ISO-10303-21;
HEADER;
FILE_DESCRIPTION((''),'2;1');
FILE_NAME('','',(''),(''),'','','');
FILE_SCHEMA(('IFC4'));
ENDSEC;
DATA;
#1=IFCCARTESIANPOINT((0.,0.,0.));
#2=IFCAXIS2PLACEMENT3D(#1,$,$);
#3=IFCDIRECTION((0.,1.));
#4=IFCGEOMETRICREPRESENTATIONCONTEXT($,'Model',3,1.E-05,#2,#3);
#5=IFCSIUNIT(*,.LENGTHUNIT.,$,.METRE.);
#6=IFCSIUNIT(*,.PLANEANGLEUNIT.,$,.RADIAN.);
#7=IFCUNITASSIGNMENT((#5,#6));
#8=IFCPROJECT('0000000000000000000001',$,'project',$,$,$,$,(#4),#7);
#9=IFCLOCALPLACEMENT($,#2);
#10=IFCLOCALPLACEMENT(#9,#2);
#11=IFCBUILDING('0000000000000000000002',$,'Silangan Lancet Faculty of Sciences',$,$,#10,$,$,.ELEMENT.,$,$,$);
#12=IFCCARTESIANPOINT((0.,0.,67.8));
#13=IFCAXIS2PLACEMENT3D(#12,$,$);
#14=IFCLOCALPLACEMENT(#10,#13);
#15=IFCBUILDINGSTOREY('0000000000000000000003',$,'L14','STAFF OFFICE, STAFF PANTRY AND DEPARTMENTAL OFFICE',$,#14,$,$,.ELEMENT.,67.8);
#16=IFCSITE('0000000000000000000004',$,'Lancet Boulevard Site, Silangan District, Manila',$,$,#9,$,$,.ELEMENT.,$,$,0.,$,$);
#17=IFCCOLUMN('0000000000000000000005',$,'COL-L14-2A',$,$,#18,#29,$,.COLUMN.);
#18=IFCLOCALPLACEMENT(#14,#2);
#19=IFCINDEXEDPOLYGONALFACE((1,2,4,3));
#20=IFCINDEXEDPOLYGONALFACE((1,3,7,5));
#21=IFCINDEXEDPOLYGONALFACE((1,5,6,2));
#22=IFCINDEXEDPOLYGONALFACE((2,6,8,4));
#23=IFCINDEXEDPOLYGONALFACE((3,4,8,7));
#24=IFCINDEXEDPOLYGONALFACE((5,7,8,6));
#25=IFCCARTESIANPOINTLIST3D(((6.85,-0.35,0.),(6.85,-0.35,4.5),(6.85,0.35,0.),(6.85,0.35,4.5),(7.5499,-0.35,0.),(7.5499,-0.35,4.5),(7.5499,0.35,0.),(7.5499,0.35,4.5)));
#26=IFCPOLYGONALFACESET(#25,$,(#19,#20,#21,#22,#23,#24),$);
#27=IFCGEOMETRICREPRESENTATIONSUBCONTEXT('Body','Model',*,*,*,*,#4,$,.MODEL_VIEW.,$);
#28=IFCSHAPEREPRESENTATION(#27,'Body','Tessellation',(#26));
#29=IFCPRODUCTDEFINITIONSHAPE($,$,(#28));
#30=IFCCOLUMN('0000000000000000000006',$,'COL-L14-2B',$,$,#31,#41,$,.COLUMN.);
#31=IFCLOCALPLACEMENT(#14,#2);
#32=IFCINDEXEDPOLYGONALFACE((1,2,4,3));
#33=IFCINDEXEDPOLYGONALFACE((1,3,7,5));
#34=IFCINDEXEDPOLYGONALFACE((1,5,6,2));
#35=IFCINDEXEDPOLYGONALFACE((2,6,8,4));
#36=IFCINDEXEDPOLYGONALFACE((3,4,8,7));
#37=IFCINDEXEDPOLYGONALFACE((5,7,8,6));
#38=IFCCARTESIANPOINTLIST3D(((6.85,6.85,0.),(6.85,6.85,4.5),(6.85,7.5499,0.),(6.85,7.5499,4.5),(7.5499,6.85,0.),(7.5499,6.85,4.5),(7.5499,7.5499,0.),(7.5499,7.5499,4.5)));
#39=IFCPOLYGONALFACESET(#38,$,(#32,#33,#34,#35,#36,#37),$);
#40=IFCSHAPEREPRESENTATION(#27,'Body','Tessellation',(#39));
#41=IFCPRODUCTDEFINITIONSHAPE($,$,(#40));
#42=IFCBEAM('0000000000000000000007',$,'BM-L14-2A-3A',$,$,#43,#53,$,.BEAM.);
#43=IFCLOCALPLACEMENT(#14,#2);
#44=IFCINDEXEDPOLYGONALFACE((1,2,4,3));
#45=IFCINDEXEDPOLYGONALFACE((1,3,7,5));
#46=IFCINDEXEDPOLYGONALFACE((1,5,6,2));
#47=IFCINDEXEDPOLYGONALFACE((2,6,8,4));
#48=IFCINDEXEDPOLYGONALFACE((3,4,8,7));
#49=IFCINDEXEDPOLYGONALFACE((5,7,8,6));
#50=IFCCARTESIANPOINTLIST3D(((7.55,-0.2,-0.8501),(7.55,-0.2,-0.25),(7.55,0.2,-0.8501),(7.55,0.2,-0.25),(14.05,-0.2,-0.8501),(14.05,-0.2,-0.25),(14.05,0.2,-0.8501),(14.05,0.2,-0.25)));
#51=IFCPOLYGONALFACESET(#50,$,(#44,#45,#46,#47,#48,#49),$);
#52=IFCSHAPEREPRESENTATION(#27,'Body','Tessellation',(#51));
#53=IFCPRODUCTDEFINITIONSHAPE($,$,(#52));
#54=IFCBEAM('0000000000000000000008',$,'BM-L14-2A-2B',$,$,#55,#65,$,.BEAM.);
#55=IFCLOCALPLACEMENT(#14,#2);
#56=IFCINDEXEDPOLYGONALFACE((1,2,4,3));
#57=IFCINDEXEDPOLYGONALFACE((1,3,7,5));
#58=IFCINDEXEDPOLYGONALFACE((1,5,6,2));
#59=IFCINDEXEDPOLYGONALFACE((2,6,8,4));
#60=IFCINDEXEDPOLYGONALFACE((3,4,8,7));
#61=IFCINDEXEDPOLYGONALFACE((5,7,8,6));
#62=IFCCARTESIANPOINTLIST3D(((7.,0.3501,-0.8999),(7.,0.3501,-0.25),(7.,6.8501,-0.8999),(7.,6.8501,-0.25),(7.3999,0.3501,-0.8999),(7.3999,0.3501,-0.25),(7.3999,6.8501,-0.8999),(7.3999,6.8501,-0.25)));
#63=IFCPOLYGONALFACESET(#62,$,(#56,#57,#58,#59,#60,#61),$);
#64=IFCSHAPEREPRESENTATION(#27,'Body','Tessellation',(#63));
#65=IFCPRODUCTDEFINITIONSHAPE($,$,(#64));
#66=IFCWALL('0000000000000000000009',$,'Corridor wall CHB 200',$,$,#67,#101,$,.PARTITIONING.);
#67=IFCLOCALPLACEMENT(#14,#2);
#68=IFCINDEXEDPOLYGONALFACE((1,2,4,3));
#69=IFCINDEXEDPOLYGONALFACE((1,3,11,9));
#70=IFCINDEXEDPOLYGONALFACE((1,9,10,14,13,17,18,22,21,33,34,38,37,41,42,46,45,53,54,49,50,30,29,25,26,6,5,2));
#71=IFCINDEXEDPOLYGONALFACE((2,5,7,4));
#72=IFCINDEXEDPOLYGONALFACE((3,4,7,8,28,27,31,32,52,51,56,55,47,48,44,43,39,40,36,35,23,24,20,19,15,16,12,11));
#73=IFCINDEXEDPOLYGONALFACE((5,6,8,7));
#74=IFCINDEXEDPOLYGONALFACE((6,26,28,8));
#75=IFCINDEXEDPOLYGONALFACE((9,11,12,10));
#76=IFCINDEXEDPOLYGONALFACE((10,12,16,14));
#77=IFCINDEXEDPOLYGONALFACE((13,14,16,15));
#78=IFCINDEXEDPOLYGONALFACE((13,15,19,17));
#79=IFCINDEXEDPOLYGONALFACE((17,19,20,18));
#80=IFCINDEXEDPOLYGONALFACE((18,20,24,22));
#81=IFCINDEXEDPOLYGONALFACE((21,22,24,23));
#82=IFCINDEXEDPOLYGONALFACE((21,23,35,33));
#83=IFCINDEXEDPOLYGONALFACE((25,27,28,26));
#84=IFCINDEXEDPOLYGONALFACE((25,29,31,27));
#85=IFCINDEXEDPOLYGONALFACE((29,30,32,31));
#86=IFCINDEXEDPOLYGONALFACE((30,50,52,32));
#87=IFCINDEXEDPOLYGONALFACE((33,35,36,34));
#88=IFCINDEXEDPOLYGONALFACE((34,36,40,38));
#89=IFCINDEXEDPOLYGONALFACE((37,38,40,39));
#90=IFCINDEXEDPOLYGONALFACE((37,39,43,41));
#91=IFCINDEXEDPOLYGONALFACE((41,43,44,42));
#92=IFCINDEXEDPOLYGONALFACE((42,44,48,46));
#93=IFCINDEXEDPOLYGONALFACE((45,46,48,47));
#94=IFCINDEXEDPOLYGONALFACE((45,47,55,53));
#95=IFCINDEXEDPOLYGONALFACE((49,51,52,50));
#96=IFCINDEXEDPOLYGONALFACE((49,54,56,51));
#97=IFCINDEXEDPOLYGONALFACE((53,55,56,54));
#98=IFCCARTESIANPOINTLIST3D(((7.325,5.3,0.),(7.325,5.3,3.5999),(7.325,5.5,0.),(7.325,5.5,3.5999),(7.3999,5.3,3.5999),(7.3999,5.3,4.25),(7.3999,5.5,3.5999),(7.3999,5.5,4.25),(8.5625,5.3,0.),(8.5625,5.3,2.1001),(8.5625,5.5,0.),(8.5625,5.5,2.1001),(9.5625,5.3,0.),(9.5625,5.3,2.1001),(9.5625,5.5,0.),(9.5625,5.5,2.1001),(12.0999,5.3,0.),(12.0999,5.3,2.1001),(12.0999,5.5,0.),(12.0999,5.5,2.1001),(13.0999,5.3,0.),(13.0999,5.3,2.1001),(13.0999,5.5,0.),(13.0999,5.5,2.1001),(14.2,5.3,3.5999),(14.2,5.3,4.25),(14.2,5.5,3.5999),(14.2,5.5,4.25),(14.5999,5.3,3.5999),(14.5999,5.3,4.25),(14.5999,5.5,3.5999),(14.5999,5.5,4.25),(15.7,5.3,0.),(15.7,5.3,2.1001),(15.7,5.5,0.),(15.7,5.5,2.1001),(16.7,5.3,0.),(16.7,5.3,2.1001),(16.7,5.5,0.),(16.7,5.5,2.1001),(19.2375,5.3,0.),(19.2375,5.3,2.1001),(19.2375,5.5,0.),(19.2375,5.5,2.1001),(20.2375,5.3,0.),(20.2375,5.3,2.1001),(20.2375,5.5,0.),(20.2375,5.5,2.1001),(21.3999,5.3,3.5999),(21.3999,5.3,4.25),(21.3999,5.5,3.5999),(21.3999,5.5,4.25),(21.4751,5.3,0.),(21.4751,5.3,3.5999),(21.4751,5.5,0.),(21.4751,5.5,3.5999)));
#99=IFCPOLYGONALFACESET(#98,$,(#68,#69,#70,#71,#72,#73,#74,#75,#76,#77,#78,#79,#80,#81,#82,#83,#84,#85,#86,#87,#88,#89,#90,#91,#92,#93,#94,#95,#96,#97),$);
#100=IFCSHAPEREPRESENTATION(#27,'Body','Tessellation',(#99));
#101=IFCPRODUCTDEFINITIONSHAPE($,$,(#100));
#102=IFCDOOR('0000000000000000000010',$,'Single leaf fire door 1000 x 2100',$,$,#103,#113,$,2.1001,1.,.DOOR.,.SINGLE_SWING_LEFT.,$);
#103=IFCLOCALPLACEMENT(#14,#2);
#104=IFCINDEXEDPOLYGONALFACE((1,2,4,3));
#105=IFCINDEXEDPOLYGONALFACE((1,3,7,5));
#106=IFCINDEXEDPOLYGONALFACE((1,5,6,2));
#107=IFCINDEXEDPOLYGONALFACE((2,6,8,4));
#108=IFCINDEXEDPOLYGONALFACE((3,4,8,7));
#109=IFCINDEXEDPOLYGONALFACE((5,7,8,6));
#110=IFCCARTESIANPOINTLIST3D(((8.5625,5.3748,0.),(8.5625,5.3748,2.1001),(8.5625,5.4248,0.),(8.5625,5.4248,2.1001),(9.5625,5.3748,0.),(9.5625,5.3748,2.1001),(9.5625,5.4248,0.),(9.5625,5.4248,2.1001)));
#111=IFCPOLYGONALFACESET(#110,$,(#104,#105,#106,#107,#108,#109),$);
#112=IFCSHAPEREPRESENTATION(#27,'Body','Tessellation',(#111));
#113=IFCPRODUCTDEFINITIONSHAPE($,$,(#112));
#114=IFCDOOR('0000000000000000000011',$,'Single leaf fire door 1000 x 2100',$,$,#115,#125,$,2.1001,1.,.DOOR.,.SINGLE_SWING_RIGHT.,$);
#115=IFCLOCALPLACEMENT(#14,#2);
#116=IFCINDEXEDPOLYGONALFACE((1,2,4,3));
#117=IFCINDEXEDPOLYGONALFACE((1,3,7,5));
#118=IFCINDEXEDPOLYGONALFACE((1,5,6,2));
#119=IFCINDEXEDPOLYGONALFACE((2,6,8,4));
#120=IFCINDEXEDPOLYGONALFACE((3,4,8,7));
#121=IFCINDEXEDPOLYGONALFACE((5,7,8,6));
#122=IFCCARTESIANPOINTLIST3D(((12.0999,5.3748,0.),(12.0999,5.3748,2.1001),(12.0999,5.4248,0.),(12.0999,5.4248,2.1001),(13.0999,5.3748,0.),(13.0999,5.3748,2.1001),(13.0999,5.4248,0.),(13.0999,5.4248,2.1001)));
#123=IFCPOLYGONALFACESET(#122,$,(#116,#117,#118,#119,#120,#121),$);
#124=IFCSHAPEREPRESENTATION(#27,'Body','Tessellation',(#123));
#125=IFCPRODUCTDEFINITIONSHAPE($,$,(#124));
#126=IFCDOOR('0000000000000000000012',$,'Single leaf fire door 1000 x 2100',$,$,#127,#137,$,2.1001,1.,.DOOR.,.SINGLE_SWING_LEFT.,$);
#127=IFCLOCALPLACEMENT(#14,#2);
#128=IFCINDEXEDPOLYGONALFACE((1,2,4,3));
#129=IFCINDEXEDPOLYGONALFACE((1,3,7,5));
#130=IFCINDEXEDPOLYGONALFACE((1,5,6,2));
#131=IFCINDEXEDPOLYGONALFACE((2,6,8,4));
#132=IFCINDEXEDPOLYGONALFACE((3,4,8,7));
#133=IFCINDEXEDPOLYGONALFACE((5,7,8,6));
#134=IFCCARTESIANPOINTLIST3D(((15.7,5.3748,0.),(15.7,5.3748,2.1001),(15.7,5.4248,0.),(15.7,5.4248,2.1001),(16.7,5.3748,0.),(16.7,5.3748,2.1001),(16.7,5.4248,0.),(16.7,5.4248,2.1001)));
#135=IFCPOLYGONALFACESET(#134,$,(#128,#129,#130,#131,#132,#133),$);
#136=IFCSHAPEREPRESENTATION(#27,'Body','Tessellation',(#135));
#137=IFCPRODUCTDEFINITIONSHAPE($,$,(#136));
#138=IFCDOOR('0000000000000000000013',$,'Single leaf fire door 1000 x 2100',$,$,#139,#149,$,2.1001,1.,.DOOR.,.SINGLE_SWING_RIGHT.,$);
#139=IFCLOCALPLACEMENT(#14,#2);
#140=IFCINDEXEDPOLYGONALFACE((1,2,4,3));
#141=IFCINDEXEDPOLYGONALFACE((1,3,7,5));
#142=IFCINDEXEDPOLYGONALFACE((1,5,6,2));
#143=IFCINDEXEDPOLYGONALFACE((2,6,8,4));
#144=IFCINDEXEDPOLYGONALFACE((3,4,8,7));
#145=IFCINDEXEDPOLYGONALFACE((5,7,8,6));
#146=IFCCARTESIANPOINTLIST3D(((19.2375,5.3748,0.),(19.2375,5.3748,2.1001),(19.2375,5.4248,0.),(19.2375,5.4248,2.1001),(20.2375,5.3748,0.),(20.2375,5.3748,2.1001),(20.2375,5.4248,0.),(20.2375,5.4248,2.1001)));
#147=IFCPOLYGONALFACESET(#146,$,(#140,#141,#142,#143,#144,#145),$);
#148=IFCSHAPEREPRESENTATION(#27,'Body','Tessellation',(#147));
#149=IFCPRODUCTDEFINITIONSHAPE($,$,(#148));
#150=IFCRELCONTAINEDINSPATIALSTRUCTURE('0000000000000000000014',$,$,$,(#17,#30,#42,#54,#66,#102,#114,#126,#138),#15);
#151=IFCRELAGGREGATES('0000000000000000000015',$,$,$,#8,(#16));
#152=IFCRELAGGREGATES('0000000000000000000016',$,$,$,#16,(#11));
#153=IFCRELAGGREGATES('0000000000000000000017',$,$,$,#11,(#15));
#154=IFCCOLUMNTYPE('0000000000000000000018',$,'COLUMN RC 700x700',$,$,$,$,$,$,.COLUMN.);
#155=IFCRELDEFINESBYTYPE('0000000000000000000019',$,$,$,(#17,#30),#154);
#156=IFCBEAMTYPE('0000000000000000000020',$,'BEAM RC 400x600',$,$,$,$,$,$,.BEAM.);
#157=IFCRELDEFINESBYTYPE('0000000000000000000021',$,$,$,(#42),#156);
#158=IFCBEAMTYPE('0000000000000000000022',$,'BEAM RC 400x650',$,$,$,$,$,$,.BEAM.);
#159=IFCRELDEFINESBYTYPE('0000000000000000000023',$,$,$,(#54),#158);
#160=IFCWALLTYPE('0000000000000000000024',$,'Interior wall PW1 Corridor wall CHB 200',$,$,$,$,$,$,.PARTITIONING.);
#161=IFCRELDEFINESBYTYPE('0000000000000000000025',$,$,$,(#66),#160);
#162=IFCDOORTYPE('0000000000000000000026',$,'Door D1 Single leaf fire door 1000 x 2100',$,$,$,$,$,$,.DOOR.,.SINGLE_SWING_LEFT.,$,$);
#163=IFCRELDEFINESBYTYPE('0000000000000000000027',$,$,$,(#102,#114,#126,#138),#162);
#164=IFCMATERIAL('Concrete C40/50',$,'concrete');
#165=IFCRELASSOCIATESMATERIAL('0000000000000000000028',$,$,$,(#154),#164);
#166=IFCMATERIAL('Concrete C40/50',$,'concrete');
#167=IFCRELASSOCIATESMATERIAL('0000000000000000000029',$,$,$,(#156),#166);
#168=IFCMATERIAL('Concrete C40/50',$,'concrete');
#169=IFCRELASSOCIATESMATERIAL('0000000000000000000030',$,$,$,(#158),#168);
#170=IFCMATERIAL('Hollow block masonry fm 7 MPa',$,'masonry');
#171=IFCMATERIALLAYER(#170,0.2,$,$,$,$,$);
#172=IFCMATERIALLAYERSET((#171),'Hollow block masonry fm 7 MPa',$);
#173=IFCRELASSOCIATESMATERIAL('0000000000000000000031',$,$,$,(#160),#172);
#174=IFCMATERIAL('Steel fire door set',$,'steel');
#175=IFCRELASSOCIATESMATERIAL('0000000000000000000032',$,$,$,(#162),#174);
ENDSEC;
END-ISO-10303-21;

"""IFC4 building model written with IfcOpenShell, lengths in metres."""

from ifc_helpers import new_model, si_unit, direction, frame, frame_2d, origin, origin_2d, place, context, subcontext, project, spatial, polyline, rectangle, outline, extrude, material, layer, layer_set, material_profile, profile_set, type_object, element, fill, save


model = new_model("IFC4")

# Units and contexts
model_context = context("Model", 3, precision=1e-05, world=origin(), true_north=direction((0.0, 1.0)))
body_context = subcontext(model_context, "Body", "Model", "MODEL_VIEW")
ifc_project = project(units=[si_unit("LENGTHUNIT", "METRE"), si_unit("PLANEANGLEUNIT", "RADIAN")], contexts=[model_context])

# Site, building, storey
site_placement = place(None, origin())
site = spatial("IfcSite", under=ifc_project, at=site_placement, Name="Lancet Boulevard Site, Silangan District, Manila", CompositionType="ELEMENT", RefElevation=0.0)
building_placement = place(site_placement, origin())
building = spatial("IfcBuilding", under=site, at=building_placement, Name="Silangan Lancet Faculty of Sciences", CompositionType="ELEMENT")
storey_placement = place(building_placement, frame((0.0, 0.0, 67.8)))
storey = spatial("IfcBuildingStorey", under=building, at=storey_placement, Name="L14", Description="STAFF OFFICE, STAFF PANTRY AND DEPARTMENTAL OFFICE", CompositionType="ELEMENT", Elevation=67.8)

# Columns
ifc_material_1 = material(Name="Concrete C40/50", Category="concrete")
ifc_material_profile_1 = material_profile(ifc_material_1, rectangle(XDim=0.7, YDim=0.7, at=origin_2d()), Name="RC 700x700")
ifc_profile_set_1 = profile_set([ifc_material_profile_1], Name="Concrete C40/50")
column_type = type_object("IfcColumnType", Name="COLUMN RC 700x700", PredefinedType="COLUMN", material=ifc_profile_set_1)
for number, where, z_axis, x_axis, name in (
    (1, (7.2, 0.0, 0.0), (0.0, 0.0, 1.0), (1.0, 0.0, 0.0), "COL-L14-2A"),
    (2, (7.2, 7.2, 0.0), (0.0, 0.0, 1.0), (1.0, 0.0, 0.0), "COL-L14-2B"),
):
    element("IfcColumn", number, at=place(storey_placement, frame(where, z_axis=z_axis, x_axis=x_axis)), inside=storey, type_object=column_type, Name=name, PredefinedType="COLUMN", context=body_context, shape_type="SweptSolid", body=[
        extrude(rectangle(XDim=0.7, YDim=0.7, at=origin_2d()), origin(), (0.0, 0.0, 1.0), 4.5),
    ])

# Beams
ifc_material_2 = material(Name="Concrete C40/50", Category="concrete")
ifc_material_profile_2 = material_profile(ifc_material_2, rectangle(XDim=0.3999, YDim=0.6001, at=origin_2d()), Name="RC 400x600")
ifc_profile_set_2 = profile_set([ifc_material_profile_2], Name="Concrete C40/50")
beam_type_1 = type_object("IfcBeamType", Name="BEAM RC 400x600", PredefinedType="BEAM", material=ifc_profile_set_2)
beam_1_placement = place(storey_placement, frame((7.55, 0.0, -0.55), z_axis=(1.0, 0.0, 0.0), x_axis=(0.0, 1.0, 0.0)))
element("IfcBeam", 3, at=beam_1_placement, inside=storey, type_object=beam_type_1, Name="BM-L14-2A-3A", PredefinedType="BEAM", context=body_context, shape_type="SweptSolid", body=[
    extrude(rectangle(XDim=0.3999, YDim=0.6001, at=origin_2d()), origin(), (0.0, 0.0, 1.0), 6.5),
])
ifc_material_3 = material(Name="Concrete C40/50", Category="concrete")
ifc_material_profile_3 = material_profile(ifc_material_3, rectangle(XDim=0.3999, YDim=0.6499, at=origin_2d()), Name="RC 400x650")
ifc_profile_set_3 = profile_set([ifc_material_profile_3], Name="Concrete C40/50")
beam_type_2 = type_object("IfcBeamType", Name="BEAM RC 400x650", PredefinedType="BEAM", material=ifc_profile_set_3)
beam_2_placement = place(storey_placement, frame((7.2, 0.3501, -0.575), z_axis=(0.0, 1.0, 0.0), x_axis=(-1.0, 0.0, 0.0)))
element("IfcBeam", 4, at=beam_2_placement, inside=storey, type_object=beam_type_2, Name="BM-L14-2A-2B", PredefinedType="BEAM", context=body_context, shape_type="SweptSolid", body=[
    extrude(rectangle(XDim=0.3999, YDim=0.6499, at=origin_2d()), origin(), (0.0, 0.0, 1.0), 6.5),
])

# Wall, openings, doors
ifc_material_4 = material(Name="Hollow block masonry fm 7 MPa", Category="masonry")
ifc_layer_1 = layer(ifc_material_4, 0.2)
ifc_layer_set_1 = layer_set([ifc_layer_1], Name="Hollow block masonry fm 7 MPa")
wall_type_1 = type_object("IfcWallType", Name="Interior wall PW1 Corridor wall CHB 200", PredefinedType="PARTITIONING", material=ifc_layer_set_1)
wall_1_placement = place(storey_placement, frame((7.325, 5.3999, 0.0), z_axis=(0.0, 0.0, 1.0), x_axis=(1.0, 0.0, 0.0)))
wall_1 = element("IfcWall", 5, at=wall_1_placement, inside=storey, type_object=wall_type_1, Name="Corridor wall CHB 200", PredefinedType="PARTITIONING", context=body_context, shape_type="SweptSolid", body=[
    extrude(outline(polyline([(0.0, 0.0), (14.1501, 0.0), (14.1501, 3.5999), (14.075, 3.5999), (14.075, 4.25), (7.2749, 4.25), (7.2749, 3.5999), (6.875, 3.5999), (6.875, 4.25), (0.075, 4.25), (0.075, 3.5999), (0.0, 3.5999), (0.0, 0.0)])), frame((0.0, 0.1001, 0.0), z_axis=(0.0, -1.0, 0.0), x_axis=(1.0, 0.0, 0.0)), (0.0, 0.0, 1.0), 0.2),
])
opening_1_placement = place(wall_1_placement, frame((1.2375, 0.0, 0.0)))
opening_1 = element("IfcOpeningElement", 6, at=opening_1_placement, cuts=wall_1, PredefinedType="OPENING", context=body_context, shape_type="SweptSolid", body=[
    extrude(rectangle(XDim=1.0, YDim=2.1001, at=frame_2d((0.5, 1.05))), frame((0.0, 0.1099, 0.0), z_axis=(0.0, -1.0, 0.0), x_axis=(1.0, 0.0, 0.0)), (0.0, 0.0, 1.0), 0.22),
])
opening_2_placement = place(wall_1_placement, frame((4.7749, 0.0, 0.0)))
opening_2 = element("IfcOpeningElement", 7, at=opening_2_placement, cuts=wall_1, PredefinedType="OPENING", context=body_context, shape_type="SweptSolid", body=[
    extrude(rectangle(XDim=1.0, YDim=2.1001, at=frame_2d((0.5, 1.05))), frame((0.0, 0.1099, 0.0), z_axis=(0.0, -1.0, 0.0), x_axis=(1.0, 0.0, 0.0)), (0.0, 0.0, 1.0), 0.22),
])
opening_3_placement = place(wall_1_placement, frame((8.375, 0.0, 0.0)))
opening_3 = element("IfcOpeningElement", 8, at=opening_3_placement, cuts=wall_1, PredefinedType="OPENING", context=body_context, shape_type="SweptSolid", body=[
    extrude(rectangle(XDim=1.0, YDim=2.1001, at=frame_2d((0.5, 1.05))), frame((0.0, 0.1099, 0.0), z_axis=(0.0, -1.0, 0.0), x_axis=(1.0, 0.0, 0.0)), (0.0, 0.0, 1.0), 0.22),
])
opening_4_placement = place(wall_1_placement, frame((11.9126, 0.0, 0.0)))
opening_4 = element("IfcOpeningElement", 9, at=opening_4_placement, cuts=wall_1, PredefinedType="OPENING", context=body_context, shape_type="SweptSolid", body=[
    extrude(rectangle(XDim=1.0, YDim=2.1001, at=frame_2d((0.5, 1.05))), frame((0.0, 0.1099, 0.0), z_axis=(0.0, -1.0, 0.0), x_axis=(1.0, 0.0, 0.0)), (0.0, 0.0, 1.0), 0.22),
])
ifc_material_5 = material(Name="Steel fire door set", Category="steel")
door_type_1 = type_object("IfcDoorType", Name="Door D1 Single leaf fire door 1000 x 2100", OperationType="SINGLE_SWING_LEFT", PredefinedType="DOOR", material=ifc_material_5)
door_1_placement = place(opening_1_placement, frame((1.0, 0.0, 0.0), z_axis=(0.0, 0.0, 1.0), x_axis=(-1.0, 0.0, 0.0)))
door_1 = element("IfcDoor", 10, at=door_1_placement, inside=storey, type_object=door_type_1, Name="Single leaf fire door 1000 x 2100", OperationType="SINGLE_SWING_LEFT", OverallHeight=2.1001, OverallWidth=1.0, PredefinedType="DOOR", context=body_context, shape_type="SweptSolid", body=[
    extrude(rectangle(XDim=1.0, YDim=2.1001, at=frame_2d((0.5, 1.05))), frame((0.0, 0.0251, 0.0), z_axis=(0.0, -1.0, 0.0), x_axis=(1.0, 0.0, 0.0)), (0.0, 0.0, 1.0), 0.05),
])
fill(opening_1, door_1)
door_2_placement = place(opening_2_placement, frame((1.0, 0.0, 0.0), z_axis=(0.0, 0.0, 1.0), x_axis=(-1.0, 0.0, 0.0)))
door_2 = element("IfcDoor", 11, at=door_2_placement, inside=storey, type_object=door_type_1, Name="Single leaf fire door 1000 x 2100", OperationType="SINGLE_SWING_RIGHT", OverallHeight=2.1001, OverallWidth=1.0, PredefinedType="DOOR", context=body_context, shape_type="SweptSolid", body=[
    extrude(rectangle(XDim=1.0, YDim=2.1001, at=frame_2d((0.5, 1.05))), frame((0.0, 0.0251, 0.0), z_axis=(0.0, -1.0, 0.0), x_axis=(1.0, 0.0, 0.0)), (0.0, 0.0, 1.0), 0.05),
])
fill(opening_2, door_2)
door_3_placement = place(opening_3_placement, frame((1.0, 0.0, 0.0), z_axis=(0.0, 0.0, 1.0), x_axis=(-1.0, 0.0, 0.0)))
door_3 = element("IfcDoor", 12, at=door_3_placement, inside=storey, type_object=door_type_1, Name="Single leaf fire door 1000 x 2100", OperationType="SINGLE_SWING_LEFT", OverallHeight=2.1001, OverallWidth=1.0, PredefinedType="DOOR", context=body_context, shape_type="SweptSolid", body=[
    extrude(rectangle(XDim=1.0, YDim=2.1001, at=frame_2d((0.5, 1.05))), frame((0.0, 0.0251, 0.0), z_axis=(0.0, -1.0, 0.0), x_axis=(1.0, 0.0, 0.0)), (0.0, 0.0, 1.0), 0.05),
])
fill(opening_3, door_3)
door_4_placement = place(opening_4_placement, frame((1.0, 0.0, 0.0), z_axis=(0.0, 0.0, 1.0), x_axis=(-1.0, 0.0, 0.0)))
door_4 = element("IfcDoor", 13, at=door_4_placement, inside=storey, type_object=door_type_1, Name="Single leaf fire door 1000 x 2100", OperationType="SINGLE_SWING_RIGHT", OverallHeight=2.1001, OverallWidth=1.0, PredefinedType="DOOR", context=body_context, shape_type="SweptSolid", body=[
    extrude(rectangle(XDim=1.0, YDim=2.1001, at=frame_2d((0.5, 1.05))), frame((0.0, 0.0251, 0.0), z_axis=(0.0, -1.0, 0.0), x_axis=(1.0, 0.0, 0.0)), (0.0, 0.0, 1.0), 0.05),
])
fill(opening_4, door_4)

save(model, "model.ifc")
